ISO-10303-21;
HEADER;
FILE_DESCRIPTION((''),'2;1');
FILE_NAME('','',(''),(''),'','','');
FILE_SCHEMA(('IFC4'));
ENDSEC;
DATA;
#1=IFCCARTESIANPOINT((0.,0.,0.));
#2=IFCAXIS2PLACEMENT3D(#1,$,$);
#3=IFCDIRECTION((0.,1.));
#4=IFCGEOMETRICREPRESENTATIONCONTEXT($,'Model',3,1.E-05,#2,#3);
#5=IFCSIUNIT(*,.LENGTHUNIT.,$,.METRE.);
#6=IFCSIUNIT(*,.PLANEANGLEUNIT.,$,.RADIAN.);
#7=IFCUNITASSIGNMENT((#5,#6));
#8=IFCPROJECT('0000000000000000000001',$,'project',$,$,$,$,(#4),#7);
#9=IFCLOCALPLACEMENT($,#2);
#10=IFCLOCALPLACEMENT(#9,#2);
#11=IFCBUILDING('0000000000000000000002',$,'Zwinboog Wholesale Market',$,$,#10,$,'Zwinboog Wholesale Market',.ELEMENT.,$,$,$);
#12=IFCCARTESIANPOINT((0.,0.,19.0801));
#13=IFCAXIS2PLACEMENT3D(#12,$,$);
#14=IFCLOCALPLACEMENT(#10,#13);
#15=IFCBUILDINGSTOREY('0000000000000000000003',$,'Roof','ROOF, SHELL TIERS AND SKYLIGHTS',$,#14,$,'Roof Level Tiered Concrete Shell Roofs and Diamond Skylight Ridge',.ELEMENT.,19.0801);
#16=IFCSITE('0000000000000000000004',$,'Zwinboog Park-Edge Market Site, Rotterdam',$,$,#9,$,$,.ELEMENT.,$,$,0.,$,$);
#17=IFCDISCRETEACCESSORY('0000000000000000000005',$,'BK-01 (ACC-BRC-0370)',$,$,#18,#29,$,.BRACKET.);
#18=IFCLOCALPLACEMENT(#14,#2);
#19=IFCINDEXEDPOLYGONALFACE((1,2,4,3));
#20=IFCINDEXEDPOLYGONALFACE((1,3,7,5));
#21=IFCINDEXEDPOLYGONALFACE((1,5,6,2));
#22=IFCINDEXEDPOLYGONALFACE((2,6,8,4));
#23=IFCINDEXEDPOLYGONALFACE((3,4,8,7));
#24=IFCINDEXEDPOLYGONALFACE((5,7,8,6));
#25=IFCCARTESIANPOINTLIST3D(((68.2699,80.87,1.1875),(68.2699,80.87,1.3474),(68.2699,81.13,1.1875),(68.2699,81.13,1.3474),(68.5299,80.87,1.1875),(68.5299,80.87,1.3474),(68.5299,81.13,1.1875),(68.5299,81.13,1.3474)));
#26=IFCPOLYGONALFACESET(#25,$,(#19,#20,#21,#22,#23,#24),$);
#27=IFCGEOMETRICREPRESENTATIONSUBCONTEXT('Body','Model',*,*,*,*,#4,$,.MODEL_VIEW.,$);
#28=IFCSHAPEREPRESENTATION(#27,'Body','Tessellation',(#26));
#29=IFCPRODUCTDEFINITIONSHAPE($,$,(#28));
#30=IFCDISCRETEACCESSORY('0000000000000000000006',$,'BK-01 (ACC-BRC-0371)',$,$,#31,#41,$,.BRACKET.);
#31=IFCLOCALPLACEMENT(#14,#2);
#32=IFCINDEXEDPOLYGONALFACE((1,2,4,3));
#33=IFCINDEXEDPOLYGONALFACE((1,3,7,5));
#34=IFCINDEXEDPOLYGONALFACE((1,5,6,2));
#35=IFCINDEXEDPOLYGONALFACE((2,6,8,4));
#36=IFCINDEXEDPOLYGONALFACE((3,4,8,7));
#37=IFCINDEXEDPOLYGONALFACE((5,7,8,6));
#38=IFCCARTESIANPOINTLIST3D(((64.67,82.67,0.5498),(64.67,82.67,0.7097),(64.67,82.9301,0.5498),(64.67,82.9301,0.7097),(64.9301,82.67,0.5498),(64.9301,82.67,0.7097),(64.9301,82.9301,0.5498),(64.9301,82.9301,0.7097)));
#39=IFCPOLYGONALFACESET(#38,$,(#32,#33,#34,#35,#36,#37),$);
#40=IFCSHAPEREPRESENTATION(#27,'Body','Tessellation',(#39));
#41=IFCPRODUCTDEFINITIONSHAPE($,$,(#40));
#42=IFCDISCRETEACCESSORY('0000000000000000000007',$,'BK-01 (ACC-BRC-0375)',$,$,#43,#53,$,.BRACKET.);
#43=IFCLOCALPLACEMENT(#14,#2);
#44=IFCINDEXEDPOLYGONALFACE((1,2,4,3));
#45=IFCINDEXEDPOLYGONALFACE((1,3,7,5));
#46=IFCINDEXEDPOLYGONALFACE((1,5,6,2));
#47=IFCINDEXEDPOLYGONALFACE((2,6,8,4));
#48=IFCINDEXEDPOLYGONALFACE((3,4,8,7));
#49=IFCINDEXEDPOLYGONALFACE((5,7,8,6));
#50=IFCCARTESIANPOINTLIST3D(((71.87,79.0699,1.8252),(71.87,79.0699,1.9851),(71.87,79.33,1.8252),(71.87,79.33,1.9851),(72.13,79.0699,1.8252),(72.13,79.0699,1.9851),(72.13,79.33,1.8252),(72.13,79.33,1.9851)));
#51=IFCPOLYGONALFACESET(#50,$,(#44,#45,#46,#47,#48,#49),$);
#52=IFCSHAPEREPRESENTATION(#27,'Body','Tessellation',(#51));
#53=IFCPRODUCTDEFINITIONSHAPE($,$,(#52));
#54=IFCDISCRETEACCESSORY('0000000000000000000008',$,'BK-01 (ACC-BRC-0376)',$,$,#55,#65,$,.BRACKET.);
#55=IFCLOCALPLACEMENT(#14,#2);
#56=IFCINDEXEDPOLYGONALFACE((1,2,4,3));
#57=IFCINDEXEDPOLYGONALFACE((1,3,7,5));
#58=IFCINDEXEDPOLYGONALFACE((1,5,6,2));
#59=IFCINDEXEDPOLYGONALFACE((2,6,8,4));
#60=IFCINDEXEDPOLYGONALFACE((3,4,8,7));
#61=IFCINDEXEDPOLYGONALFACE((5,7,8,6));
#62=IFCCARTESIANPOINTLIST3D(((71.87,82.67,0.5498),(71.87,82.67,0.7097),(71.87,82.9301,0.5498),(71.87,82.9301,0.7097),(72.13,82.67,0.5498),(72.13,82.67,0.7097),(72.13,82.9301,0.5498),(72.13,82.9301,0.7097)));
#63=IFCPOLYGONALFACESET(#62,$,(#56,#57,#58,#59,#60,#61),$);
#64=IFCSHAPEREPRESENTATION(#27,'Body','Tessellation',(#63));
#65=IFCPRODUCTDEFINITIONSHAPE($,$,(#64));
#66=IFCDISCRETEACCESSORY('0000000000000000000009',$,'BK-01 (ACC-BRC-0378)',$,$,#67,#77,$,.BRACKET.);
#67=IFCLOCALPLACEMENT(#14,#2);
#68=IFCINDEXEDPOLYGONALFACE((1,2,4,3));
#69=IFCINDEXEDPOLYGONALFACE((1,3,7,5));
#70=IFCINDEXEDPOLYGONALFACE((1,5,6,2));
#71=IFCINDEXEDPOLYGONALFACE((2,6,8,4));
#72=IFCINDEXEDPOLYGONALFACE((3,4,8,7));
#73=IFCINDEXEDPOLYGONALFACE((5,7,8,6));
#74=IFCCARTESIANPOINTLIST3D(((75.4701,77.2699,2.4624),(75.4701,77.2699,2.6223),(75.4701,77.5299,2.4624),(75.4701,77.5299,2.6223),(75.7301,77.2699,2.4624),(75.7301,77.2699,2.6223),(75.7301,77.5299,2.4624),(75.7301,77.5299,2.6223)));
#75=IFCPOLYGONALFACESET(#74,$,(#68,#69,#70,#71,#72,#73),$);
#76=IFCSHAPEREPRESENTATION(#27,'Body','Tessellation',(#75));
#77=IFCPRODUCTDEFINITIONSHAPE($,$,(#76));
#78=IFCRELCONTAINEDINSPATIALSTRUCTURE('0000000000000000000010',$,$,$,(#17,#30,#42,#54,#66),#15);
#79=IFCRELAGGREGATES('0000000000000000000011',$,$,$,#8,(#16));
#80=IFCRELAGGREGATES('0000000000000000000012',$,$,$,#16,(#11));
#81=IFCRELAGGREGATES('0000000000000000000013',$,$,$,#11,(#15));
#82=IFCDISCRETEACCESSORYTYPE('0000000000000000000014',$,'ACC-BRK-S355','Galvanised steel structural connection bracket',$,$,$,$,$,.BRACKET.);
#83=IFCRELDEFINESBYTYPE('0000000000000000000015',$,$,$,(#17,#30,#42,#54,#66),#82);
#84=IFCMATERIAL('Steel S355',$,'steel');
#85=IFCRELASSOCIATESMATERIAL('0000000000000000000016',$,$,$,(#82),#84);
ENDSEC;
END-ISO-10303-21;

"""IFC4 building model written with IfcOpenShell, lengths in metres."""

from ifc_helpers import new_model, si_unit, direction, frame, origin, origin_2d, place, context, subcontext, project, spatial, rectangle, extrude, material, type_object, element, save


model = new_model("IFC4")

# Units and contexts
model_context = context("Model", 3, precision=1e-05, world=origin(), true_north=direction((0.0, 1.0)))
body_context = subcontext(model_context, "Body", "Model", "MODEL_VIEW")
ifc_project = project(units=[si_unit("LENGTHUNIT", "METRE"), si_unit("PLANEANGLEUNIT", "RADIAN")], contexts=[model_context])

# Site, building, storey
site_placement = place(None, origin())
site = spatial("IfcSite", under=ifc_project, at=site_placement, Name="Zwinboog Park-Edge Market Site, Rotterdam", CompositionType="ELEMENT", RefElevation=0.0)
building_placement = place(site_placement, origin())
building = spatial("IfcBuilding", under=site, at=building_placement, Name="Zwinboog Wholesale Market", LongName="Zwinboog Wholesale Market", CompositionType="ELEMENT")
storey_placement = place(building_placement, frame((0.0, 0.0, 19.0801)))
storey = spatial("IfcBuildingStorey", under=building, at=storey_placement, Name="Roof", Description="ROOF, SHELL TIERS AND SKYLIGHTS", LongName="Roof Level Tiered Concrete Shell Roofs and Diamond Skylight Ridge", CompositionType="ELEMENT", Elevation=19.0801)

# Shared definitions
ifc_material_1 = material(Name="Steel S355", Category="steel")

# Discrete accessories
discrete_accessory_type = type_object("IfcDiscreteAccessoryType", Name="ACC-BRK-S355", Description="Galvanised steel structural connection bracket", PredefinedType="BRACKET", material=ifc_material_1)
for number, where, z_axis, x_axis, name in (
    (1, (68.3999, 81.0, 1.1875), (0.0, 0.0, 1.0), (1.0, 0.0, 0.0), "BK-01 (ACC-BRC-0370)"),
    (2, (64.8, 82.8, 0.5498), (0.0, 0.0, 1.0), (1.0, 0.0, 0.0), "BK-01 (ACC-BRC-0371)"),
    (3, (72.0, 79.2, 1.8252), (0.0, 0.0, 1.0), (1.0, 0.0, 0.0), "BK-01 (ACC-BRC-0375)"),
    (4, (72.0, 82.8, 0.5498), (0.0, 0.0, 1.0), (1.0, 0.0, 0.0), "BK-01 (ACC-BRC-0376)"),
    (5, (75.6001, 77.3999, 2.4624), (0.0, 0.0, 1.0), (1.0, 0.0, 0.0), "BK-01 (ACC-BRC-0378)"),
):
    element("IfcDiscreteAccessory", number, at=place(storey_placement, frame(where, z_axis=z_axis, x_axis=x_axis)), inside=storey, type_object=discrete_accessory_type, Name=name, PredefinedType="BRACKET", context=body_context, shape_type="SweptSolid", body=[
        extrude(rectangle(XDim=0.26, YDim=0.26, at=origin_2d()), origin(), (0.0, 0.0, 1.0), 0.1599),
    ])

save(model, "model.ifc")
